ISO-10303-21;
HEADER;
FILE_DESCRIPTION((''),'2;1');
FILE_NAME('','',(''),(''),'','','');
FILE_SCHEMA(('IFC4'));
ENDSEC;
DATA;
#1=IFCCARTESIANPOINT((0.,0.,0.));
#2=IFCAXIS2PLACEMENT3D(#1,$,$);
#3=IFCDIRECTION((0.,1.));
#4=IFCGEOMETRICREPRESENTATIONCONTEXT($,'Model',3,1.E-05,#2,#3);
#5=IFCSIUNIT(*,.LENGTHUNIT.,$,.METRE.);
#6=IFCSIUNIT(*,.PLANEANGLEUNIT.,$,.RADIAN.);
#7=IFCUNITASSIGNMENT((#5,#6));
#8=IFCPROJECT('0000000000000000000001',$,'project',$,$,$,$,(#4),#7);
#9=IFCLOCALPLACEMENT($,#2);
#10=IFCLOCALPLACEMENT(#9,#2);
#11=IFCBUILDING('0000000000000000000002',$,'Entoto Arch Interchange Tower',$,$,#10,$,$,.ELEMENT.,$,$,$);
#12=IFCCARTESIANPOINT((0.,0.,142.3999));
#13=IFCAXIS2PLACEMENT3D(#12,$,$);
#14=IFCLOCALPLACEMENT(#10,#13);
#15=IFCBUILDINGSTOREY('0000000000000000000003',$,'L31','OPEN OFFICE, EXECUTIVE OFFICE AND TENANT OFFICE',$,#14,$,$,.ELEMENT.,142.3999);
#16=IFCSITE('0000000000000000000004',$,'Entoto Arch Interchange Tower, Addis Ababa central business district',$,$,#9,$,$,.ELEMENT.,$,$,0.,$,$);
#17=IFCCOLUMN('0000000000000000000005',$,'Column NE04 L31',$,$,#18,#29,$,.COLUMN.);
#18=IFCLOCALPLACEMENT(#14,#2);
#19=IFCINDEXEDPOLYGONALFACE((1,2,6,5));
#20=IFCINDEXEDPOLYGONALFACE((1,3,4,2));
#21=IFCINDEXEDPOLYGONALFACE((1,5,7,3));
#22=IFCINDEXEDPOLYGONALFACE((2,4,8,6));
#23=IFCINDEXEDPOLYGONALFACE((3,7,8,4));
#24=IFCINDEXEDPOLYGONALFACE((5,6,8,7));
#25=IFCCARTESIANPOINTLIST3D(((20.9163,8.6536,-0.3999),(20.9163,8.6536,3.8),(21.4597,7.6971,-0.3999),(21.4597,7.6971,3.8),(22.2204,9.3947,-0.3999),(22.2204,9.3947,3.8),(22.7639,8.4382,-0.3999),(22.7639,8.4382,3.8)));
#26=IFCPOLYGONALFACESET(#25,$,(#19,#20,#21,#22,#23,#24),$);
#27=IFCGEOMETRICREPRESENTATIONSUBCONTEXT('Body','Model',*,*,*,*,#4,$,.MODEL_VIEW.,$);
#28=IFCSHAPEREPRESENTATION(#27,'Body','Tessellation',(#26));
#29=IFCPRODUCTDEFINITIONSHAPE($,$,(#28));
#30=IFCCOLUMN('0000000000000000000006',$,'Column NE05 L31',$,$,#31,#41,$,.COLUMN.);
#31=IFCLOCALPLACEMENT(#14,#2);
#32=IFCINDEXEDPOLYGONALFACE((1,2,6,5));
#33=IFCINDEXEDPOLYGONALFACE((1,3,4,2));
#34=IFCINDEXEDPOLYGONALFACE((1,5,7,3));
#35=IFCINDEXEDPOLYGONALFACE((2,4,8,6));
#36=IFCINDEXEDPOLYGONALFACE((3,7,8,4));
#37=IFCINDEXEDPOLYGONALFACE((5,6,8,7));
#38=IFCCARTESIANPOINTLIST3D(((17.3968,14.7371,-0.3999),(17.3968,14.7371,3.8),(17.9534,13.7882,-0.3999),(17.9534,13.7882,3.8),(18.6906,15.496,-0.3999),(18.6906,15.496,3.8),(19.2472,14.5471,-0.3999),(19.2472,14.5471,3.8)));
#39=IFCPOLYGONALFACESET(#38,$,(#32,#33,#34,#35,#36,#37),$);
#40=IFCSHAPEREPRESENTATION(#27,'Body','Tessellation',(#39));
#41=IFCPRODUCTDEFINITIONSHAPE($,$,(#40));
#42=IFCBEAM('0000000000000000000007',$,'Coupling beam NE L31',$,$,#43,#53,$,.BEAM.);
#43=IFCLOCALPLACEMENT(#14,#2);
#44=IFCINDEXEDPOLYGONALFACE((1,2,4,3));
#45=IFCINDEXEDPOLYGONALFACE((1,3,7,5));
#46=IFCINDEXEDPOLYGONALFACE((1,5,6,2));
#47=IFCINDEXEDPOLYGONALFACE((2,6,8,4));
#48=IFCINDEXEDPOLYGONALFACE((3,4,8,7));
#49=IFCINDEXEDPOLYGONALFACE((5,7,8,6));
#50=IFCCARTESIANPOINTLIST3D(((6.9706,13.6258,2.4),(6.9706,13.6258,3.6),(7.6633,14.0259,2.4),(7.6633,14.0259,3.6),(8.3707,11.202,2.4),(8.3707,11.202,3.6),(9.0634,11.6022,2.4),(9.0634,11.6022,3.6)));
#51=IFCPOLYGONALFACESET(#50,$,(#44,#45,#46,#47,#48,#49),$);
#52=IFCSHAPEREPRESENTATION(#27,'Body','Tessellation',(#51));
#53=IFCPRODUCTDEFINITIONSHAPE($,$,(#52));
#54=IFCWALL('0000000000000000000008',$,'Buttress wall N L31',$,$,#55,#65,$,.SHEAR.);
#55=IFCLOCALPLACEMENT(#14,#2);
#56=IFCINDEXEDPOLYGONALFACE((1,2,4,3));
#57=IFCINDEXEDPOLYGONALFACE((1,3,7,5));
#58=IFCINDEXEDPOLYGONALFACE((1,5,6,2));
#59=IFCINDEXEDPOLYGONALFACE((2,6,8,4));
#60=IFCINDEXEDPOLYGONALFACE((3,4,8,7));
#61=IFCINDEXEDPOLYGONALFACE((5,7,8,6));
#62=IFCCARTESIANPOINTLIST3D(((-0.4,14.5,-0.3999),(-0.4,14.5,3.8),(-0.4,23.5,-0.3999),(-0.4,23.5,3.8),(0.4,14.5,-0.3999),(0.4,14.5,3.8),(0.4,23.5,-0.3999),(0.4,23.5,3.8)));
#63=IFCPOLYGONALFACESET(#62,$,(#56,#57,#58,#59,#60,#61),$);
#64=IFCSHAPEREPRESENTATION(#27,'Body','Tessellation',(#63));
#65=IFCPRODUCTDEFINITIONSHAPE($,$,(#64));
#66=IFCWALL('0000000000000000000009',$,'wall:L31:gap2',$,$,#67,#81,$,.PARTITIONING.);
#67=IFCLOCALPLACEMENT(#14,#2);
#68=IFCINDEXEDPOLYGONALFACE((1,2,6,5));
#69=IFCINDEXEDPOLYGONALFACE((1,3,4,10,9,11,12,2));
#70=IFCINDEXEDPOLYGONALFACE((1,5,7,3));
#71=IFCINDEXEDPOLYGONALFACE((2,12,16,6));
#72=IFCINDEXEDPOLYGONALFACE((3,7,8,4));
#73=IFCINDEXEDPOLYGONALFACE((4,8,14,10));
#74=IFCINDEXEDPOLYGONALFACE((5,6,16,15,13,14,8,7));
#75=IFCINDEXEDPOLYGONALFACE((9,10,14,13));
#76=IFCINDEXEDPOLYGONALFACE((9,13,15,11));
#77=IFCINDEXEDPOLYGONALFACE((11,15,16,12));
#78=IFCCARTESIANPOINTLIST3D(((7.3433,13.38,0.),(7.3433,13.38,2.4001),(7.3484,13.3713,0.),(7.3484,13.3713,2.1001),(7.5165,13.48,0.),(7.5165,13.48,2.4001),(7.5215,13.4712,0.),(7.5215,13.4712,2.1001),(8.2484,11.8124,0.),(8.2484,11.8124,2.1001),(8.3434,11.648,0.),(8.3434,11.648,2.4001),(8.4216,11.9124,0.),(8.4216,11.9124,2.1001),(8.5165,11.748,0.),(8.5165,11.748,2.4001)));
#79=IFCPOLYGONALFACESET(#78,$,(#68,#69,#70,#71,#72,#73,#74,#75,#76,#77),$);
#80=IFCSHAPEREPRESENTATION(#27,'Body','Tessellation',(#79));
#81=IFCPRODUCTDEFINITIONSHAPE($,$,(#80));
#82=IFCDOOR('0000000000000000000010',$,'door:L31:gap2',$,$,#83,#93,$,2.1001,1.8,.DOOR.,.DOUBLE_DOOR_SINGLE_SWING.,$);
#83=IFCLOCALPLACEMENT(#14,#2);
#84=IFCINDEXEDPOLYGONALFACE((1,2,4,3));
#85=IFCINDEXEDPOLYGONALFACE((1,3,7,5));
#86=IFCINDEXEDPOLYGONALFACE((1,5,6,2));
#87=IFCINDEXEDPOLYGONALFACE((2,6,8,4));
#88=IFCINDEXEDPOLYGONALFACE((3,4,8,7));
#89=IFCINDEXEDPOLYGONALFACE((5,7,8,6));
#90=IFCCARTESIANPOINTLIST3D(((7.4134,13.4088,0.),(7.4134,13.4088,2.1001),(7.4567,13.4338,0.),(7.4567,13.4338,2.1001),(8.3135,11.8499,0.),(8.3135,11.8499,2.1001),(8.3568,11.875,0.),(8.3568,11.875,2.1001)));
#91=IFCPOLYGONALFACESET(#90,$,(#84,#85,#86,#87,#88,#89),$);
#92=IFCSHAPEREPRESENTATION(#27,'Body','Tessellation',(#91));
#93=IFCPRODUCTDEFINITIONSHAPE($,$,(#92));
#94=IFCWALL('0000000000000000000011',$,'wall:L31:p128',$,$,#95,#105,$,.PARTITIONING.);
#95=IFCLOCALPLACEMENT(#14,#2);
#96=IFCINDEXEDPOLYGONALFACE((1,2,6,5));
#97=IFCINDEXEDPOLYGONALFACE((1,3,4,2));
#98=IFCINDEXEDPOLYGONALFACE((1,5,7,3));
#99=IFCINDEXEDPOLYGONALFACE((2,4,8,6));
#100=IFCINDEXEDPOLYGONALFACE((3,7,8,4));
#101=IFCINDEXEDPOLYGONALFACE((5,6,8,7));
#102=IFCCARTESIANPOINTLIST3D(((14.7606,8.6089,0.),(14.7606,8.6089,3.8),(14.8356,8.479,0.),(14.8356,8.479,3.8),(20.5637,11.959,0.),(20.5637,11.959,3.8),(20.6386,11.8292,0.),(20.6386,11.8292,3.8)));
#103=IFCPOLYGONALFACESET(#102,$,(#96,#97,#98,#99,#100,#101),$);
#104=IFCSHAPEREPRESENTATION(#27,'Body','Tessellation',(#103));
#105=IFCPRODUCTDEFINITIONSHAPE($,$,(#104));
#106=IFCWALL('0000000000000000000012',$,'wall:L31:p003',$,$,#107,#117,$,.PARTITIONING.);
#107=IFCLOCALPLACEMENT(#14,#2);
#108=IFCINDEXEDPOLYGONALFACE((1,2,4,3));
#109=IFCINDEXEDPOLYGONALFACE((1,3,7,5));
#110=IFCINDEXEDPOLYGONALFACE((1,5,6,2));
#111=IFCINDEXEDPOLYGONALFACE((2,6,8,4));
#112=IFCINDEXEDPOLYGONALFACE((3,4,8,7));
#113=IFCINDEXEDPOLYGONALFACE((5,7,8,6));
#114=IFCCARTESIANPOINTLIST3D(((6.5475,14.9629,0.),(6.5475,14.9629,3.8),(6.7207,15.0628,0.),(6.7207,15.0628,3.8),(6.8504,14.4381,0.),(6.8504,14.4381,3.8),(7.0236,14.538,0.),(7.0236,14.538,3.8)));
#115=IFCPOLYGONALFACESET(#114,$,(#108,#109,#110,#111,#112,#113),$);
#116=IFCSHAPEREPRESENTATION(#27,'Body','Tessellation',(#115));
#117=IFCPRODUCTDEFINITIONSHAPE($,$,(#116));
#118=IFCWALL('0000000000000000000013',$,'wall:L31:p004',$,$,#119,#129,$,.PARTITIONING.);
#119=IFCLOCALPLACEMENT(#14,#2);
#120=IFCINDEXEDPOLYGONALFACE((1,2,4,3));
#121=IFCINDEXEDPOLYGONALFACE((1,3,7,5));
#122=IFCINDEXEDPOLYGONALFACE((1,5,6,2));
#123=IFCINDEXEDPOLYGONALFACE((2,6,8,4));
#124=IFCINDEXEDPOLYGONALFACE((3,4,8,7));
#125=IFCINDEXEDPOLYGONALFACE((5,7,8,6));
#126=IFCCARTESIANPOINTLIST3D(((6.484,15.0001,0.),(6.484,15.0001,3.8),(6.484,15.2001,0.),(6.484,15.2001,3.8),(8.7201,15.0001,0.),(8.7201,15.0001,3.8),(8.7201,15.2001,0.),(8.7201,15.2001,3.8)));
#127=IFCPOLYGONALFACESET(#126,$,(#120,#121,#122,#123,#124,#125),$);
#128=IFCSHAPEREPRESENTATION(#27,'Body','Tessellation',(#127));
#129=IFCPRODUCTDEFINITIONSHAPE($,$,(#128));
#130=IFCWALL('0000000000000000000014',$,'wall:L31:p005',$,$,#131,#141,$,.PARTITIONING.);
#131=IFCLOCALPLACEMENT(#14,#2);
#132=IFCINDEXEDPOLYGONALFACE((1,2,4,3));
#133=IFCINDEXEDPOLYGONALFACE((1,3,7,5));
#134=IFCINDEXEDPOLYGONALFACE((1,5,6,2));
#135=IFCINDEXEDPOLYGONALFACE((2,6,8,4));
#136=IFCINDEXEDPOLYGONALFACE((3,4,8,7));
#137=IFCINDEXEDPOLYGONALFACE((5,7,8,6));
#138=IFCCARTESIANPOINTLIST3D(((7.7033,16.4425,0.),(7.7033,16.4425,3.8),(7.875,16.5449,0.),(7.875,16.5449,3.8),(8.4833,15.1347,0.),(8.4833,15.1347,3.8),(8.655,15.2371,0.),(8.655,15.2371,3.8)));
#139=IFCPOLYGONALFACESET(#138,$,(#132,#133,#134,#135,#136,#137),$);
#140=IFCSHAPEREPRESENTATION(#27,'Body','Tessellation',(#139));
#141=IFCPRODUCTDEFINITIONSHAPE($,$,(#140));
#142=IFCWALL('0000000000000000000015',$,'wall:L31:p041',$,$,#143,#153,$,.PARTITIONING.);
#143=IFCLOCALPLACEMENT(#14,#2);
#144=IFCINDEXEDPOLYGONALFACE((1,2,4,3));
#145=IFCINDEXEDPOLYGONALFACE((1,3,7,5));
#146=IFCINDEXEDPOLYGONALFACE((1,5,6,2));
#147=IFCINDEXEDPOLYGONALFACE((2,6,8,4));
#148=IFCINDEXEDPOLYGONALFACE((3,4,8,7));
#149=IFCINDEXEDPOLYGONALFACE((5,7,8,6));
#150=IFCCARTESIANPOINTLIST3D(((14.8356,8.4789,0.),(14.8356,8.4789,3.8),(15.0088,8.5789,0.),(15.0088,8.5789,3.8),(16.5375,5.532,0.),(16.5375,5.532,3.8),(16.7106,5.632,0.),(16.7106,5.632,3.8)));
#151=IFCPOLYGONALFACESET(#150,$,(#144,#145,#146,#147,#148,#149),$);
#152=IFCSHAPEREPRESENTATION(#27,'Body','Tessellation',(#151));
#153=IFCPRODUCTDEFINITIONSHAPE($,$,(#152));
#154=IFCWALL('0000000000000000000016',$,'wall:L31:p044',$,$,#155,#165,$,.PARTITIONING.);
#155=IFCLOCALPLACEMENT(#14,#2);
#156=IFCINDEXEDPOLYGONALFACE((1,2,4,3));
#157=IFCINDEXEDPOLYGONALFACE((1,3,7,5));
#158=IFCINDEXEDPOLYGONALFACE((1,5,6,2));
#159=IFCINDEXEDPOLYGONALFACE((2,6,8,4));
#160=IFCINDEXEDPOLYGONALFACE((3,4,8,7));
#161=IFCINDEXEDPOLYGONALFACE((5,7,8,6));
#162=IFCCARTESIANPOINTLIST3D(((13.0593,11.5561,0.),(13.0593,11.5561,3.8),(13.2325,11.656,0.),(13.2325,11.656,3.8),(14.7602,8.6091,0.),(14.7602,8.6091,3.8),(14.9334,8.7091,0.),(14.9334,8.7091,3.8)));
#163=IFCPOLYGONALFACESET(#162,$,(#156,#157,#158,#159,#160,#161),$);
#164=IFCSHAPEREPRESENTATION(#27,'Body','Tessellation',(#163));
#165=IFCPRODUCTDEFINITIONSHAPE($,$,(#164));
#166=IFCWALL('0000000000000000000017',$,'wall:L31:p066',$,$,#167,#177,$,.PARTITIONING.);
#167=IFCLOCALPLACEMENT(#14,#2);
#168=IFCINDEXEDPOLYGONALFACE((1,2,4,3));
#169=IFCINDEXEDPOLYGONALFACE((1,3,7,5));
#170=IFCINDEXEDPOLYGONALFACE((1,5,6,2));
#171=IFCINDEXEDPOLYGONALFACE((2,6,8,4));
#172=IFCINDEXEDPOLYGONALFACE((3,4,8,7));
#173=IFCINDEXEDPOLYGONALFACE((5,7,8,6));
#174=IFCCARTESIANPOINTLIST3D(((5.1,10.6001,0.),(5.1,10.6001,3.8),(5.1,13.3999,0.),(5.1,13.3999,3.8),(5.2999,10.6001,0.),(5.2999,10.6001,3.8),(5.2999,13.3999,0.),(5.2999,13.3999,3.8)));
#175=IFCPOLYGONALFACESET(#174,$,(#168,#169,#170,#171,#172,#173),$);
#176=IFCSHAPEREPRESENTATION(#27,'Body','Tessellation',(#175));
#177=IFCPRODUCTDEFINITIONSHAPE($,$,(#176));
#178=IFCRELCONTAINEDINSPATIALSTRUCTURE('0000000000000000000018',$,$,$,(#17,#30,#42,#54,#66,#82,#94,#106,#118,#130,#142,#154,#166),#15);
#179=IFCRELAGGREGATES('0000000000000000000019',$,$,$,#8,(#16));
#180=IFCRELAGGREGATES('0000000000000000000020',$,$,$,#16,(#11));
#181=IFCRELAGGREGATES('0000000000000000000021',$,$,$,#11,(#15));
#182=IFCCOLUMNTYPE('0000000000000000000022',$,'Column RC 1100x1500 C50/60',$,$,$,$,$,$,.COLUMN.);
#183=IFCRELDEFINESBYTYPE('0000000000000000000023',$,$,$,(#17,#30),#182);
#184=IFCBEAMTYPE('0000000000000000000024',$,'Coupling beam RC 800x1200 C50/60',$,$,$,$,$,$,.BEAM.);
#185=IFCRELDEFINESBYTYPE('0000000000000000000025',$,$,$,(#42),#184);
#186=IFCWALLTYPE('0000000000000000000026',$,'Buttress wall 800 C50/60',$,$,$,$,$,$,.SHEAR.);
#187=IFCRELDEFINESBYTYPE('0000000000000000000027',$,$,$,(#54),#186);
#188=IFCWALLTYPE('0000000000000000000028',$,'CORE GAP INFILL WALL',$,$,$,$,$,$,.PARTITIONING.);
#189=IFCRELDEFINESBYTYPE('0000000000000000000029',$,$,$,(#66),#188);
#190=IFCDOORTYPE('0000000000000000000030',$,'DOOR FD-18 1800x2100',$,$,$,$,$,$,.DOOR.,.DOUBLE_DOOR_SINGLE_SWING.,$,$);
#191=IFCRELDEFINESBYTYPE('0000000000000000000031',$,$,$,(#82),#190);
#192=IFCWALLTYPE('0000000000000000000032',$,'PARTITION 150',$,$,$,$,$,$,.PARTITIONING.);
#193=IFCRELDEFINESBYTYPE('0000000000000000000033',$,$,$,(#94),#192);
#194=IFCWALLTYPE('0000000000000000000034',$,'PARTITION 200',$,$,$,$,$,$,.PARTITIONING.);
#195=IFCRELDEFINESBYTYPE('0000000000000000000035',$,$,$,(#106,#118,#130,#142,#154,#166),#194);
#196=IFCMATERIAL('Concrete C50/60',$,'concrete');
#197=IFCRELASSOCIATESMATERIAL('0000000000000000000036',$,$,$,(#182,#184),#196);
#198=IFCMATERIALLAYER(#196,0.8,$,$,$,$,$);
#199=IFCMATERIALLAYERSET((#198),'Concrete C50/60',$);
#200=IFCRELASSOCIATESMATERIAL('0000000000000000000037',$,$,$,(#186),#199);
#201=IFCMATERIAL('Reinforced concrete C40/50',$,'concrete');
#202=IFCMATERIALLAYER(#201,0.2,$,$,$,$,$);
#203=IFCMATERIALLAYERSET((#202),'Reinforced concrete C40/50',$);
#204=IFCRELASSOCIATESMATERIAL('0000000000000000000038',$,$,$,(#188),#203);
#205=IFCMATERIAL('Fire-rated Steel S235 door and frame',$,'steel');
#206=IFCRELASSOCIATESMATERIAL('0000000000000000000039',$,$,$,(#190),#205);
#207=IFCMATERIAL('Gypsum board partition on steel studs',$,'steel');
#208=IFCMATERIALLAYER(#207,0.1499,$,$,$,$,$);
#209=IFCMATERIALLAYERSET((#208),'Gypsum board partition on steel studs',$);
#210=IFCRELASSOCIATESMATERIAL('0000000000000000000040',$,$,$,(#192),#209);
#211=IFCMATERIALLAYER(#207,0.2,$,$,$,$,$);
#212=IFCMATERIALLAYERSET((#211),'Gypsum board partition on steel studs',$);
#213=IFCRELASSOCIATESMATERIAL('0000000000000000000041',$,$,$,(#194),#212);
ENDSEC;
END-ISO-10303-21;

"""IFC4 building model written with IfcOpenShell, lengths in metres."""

from ifc_helpers import new_model, si_unit, direction, frame, frame_2d, origin, origin_2d, place, context, subcontext, project, spatial, rectangle, extrude, material, layer, layer_set, material_profile, profile_set, type_object, element, fill, save


model = new_model("IFC4")

# Units and contexts
model_context = context("Model", 3, precision=1e-05, world=origin(), true_north=direction((0.0, 1.0)))
body_context = subcontext(model_context, "Body", "Model", "MODEL_VIEW")
ifc_project = project(units=[si_unit("LENGTHUNIT", "METRE"), si_unit("PLANEANGLEUNIT", "RADIAN")], contexts=[model_context])

# Site, building, storey
site_placement = place(None, origin())
site = spatial("IfcSite", under=ifc_project, at=site_placement, Name="Entoto Arch Interchange Tower, Addis Ababa central business district", CompositionType="ELEMENT", RefElevation=0.0)
building_placement = place(site_placement, origin())
building = spatial("IfcBuilding", under=site, at=building_placement, Name="Entoto Arch Interchange Tower", CompositionType="ELEMENT")
storey_placement = place(building_placement, frame((0.0, 0.0, 142.3999)))
storey = spatial("IfcBuildingStorey", under=building, at=storey_placement, Name="L31", Description="OPEN OFFICE, EXECUTIVE OFFICE AND TENANT OFFICE", CompositionType="ELEMENT", Elevation=142.3999)

# Columns
ifc_material_1 = material(Name="Concrete C50/60", Category="concrete")
ifc_material_profile_1 = material_profile(ifc_material_1, rectangle(XDim=1.1001, YDim=1.5, at=origin_2d()))
ifc_profile_set_1 = profile_set([ifc_material_profile_1], Name="Concrete C50/60")
column_type = type_object("IfcColumnType", Name="Column RC 1100x1500 C50/60", PredefinedType="COLUMN", material=ifc_profile_set_1)
for number, where, z_axis, x_axis, name in (
    (1, (21.8401, 8.5459, -0.3999), (0.0, 0.0, 1.0), (-0.494018, 0.869452, 0.0), "Column NE04 L31"),
    (2, (18.322, 14.6421, -0.3999), (0.0, 0.0, 1.0), (-0.505958, 0.862558, 0.0), "Column NE05 L31"),
):
    element("IfcColumn", number, at=place(storey_placement, frame(where, z_axis=z_axis, x_axis=x_axis)), inside=storey, type_object=column_type, Name=name, PredefinedType="COLUMN", context=body_context, shape_type="SweptSolid", body=[
        extrude(rectangle(XDim=1.1001, YDim=1.5, at=origin_2d()), origin(), (0.0, 0.0, 1.0), 4.2),
    ])

# Beam
ifc_material_profile_2 = material_profile(ifc_material_1, rectangle(XDim=0.8, YDim=1.2, at=origin_2d()))
ifc_profile_set_2 = profile_set([ifc_material_profile_2], Name="Concrete C50/60")
beam_type = type_object("IfcBeamType", Name="Coupling beam RC 800x1200 C50/60", PredefinedType="BEAM", material=ifc_profile_set_2)
beam_placement = place(storey_placement, frame((8.717, 11.4021, 3.0), z_axis=(-0.500201, 0.86591, 0.0), x_axis=(-0.86591, -0.500201, 0.0)))
element("IfcBeam", 3, at=beam_placement, inside=storey, type_object=beam_type, Name="Coupling beam NE L31", PredefinedType="BEAM", context=body_context, shape_type="SweptSolid", body=[
    extrude(rectangle(XDim=0.8, YDim=1.2, at=origin_2d()), origin(), (0.0, 0.0, 1.0), 2.7991),
])

# Wall
ifc_layer_1 = layer(ifc_material_1, 0.8)
ifc_layer_set_1 = layer_set([ifc_layer_1], Name="Concrete C50/60")
wall_type_1 = type_object("IfcWallType", Name="Buttress wall 800 C50/60", PredefinedType="SHEAR", material=ifc_layer_set_1)
wall_1_placement = place(storey_placement, frame((0.0, 14.5, -0.3999), z_axis=(0.0, 0.0, 1.0), x_axis=(0.0, 1.0, 0.0)))
element("IfcWall", 4, at=wall_1_placement, inside=storey, type_object=wall_type_1, Name="Buttress wall N L31", PredefinedType="SHEAR", context=body_context, shape_type="SweptSolid", body=[
    extrude(rectangle(XDim=9.0, YDim=0.8, at=frame_2d((4.5, 0.0))), origin(), (0.0, 0.0, 1.0), 4.2),
])

# Wall, opening, door
ifc_material_2 = material(Name="Reinforced concrete C40/50", Category="concrete")
ifc_layer_2 = layer(ifc_material_2, 0.2)
ifc_layer_set_2 = layer_set([ifc_layer_2], Name="Reinforced concrete C40/50")
wall_type_2 = type_object("IfcWallType", Name="CORE GAP INFILL WALL", PredefinedType="PARTITIONING", material=ifc_layer_set_2)
wall_2_placement = place(storey_placement, frame((8.4299, 11.698, 0.0), z_axis=(0.0, 0.0, 1.0), x_axis=(-0.500025, 0.866011, 0.0)))
wall_2 = element("IfcWall", 5, at=wall_2_placement, inside=storey, type_object=wall_type_2, Name="wall:L31:gap2", PredefinedType="PARTITIONING", context=body_context, shape_type="SweptSolid", body=[
    extrude(rectangle(XDim=2.0, YDim=0.2, at=frame_2d((1.0, 0.0))), origin(), (0.0, 0.0, 1.0), 2.4001),
])
opening_1_placement = place(wall_2_placement, frame((0.1899, 0.0, 0.0)))
opening_1 = element("IfcOpeningElement", 6, at=opening_1_placement, cuts=wall_2, PredefinedType="OPENING", context=body_context, shape_type="SweptSolid", body=[
    extrude(rectangle(XDim=1.8, YDim=2.1001, at=frame_2d((0.8999, 1.05))), frame((0.0, 0.1099, 0.0), z_axis=(0.0, -1.0, 0.0), x_axis=(1.0, 0.0, 0.0)), (0.0, 0.0, 1.0), 0.22),
])
ifc_material_3 = material(Name="Fire-rated Steel S235 door and frame", Category="steel")
door_type_1 = type_object("IfcDoorType", Name="DOOR FD-18 1800x2100", OperationType="DOUBLE_DOOR_SINGLE_SWING", PredefinedType="DOOR", material=ifc_material_3)
door_1_placement = place(opening_1_placement, origin())
door_1 = element("IfcDoor", 7, at=door_1_placement, inside=storey, type_object=door_type_1, Name="door:L31:gap2", OperationType="DOUBLE_DOOR_SINGLE_SWING", OverallHeight=2.1001, OverallWidth=1.8, PredefinedType="DOOR", context=body_context, shape_type="SweptSolid", body=[
    extrude(rectangle(XDim=1.8, YDim=2.1001, at=frame_2d((0.8999, 1.05))), frame((0.0, 0.0249, 0.0), z_axis=(0.0, -1.0, 0.0), x_axis=(1.0, 0.0, 0.0)), (0.0, 0.0, 1.0), 0.05),
])
fill(opening_1, door_1)

# Walls
ifc_material_4 = material(Name="Gypsum board partition on steel studs", Category="steel")
ifc_layer_3 = layer(ifc_material_4, 0.1499)
ifc_layer_set_3 = layer_set([ifc_layer_3], Name="Gypsum board partition on steel studs")
wall_type_3 = type_object("IfcWallType", Name="PARTITION 150", PredefinedType="PARTITIONING", material=ifc_layer_set_3)
wall_3_placement = place(storey_placement, frame((14.7981, 8.5439, 0.0), z_axis=(0.0, 0.0, 1.0), x_axis=(0.866042, 0.499972, 0.0)))
element("IfcWall", 8, at=wall_3_placement, inside=storey, type_object=wall_type_3, Name="wall:L31:p128", PredefinedType="PARTITIONING", context=body_context, shape_type="SweptSolid", body=[
    extrude(rectangle(XDim=6.7007, YDim=0.1499, at=frame_2d((3.3503, 0.0))), origin(), (0.0, 0.0, 1.0), 3.8),
])
ifc_layer_4 = layer(ifc_material_4, 0.2)
ifc_layer_set_4 = layer_set([ifc_layer_4], Name="Gypsum board partition on steel studs")
wall_type_4 = type_object("IfcWallType", Name="PARTITION 200", PredefinedType="PARTITIONING", material=ifc_layer_set_4)
wall_4_placement = place(storey_placement, frame((6.937, 14.488, 0.0), z_axis=(0.0, 0.0, 1.0), x_axis=(-0.499908, 0.866078, 0.0)))
element("IfcWall", 9, at=wall_4_placement, inside=storey, type_object=wall_type_4, Name="wall:L31:p003", PredefinedType="PARTITIONING", context=body_context, shape_type="SweptSolid", body=[
    extrude(rectangle(XDim=0.606, YDim=0.2, at=frame_2d((0.303, 0.0))), origin(), (0.0, 0.0, 1.0), 3.8),
])
wall_5_placement = place(storey_placement, frame((6.4839, 15.1001, 0.0), z_axis=(0.0, 0.0, 1.0), x_axis=(1.0, 0.0, 0.0)))
element("IfcWall", 10, at=wall_5_placement, inside=storey, type_object=wall_type_4, Name="wall:L31:p004", PredefinedType="PARTITIONING", context=body_context, shape_type="SweptSolid", body=[
    extrude(rectangle(XDim=2.2361, YDim=0.2, at=frame_2d((1.1182, 0.0))), origin(), (0.0, 0.0, 1.0), 3.8),
])
wall_6_placement = place(storey_placement, frame((8.5691, 15.186, 0.0), z_axis=(0.0, 0.0, 1.0), x_axis=(-0.512231, 0.858848, 0.0)))
element("IfcWall", 11, at=wall_6_placement, inside=storey, type_object=wall_type_4, Name="wall:L31:p005", PredefinedType="PARTITIONING", context=body_context, shape_type="SweptSolid", body=[
    extrude(rectangle(XDim=1.5227, YDim=0.2, at=frame_2d((0.7612, 0.0))), origin(), (0.0, 0.0, 1.0), 3.8),
])
wall_7_placement = place(storey_placement, frame((14.9221, 8.5291, 0.0), z_axis=(0.0, 0.0, 1.0), x_axis=(0.500097, -0.865969, 0.0)))
element("IfcWall", 12, at=wall_7_placement, inside=storey, type_object=wall_type_4, Name="wall:L31:p041", PredefinedType="PARTITIONING", context=body_context, shape_type="SweptSolid", body=[
    extrude(rectangle(XDim=3.4031, YDim=0.2, at=frame_2d((1.7017, 0.0))), origin(), (0.0, 0.0, 1.0), 3.8),
])
wall_8_placement = place(storey_placement, frame((13.146, 11.606, 0.0), z_axis=(0.0, 0.0, 1.0), x_axis=(0.499882, -0.866094, 0.0)))
element("IfcWall", 13, at=wall_8_placement, inside=storey, type_object=wall_type_4, Name="wall:L31:p044", PredefinedType="PARTITIONING", context=body_context, shape_type="SweptSolid", body=[
    extrude(rectangle(XDim=3.4026, YDim=0.2, at=frame_2d((1.7012, 0.0))), origin(), (0.0, 0.0, 1.0), 3.8),
])
wall_9_placement = place(storey_placement, frame((5.2, 13.3999, 0.0), z_axis=(0.0, 0.0, 1.0), x_axis=(0.0, -1.0, 0.0)))
element("IfcWall", 14, at=wall_9_placement, inside=storey, type_object=wall_type_4, Name="wall:L31:p066", PredefinedType="PARTITIONING", context=body_context, shape_type="SweptSolid", body=[
    extrude(rectangle(XDim=2.7998, YDim=0.2, at=frame_2d((1.3999, 0.0))), origin(), (0.0, 0.0, 1.0), 3.8),
])

save(model, "model.ifc")
